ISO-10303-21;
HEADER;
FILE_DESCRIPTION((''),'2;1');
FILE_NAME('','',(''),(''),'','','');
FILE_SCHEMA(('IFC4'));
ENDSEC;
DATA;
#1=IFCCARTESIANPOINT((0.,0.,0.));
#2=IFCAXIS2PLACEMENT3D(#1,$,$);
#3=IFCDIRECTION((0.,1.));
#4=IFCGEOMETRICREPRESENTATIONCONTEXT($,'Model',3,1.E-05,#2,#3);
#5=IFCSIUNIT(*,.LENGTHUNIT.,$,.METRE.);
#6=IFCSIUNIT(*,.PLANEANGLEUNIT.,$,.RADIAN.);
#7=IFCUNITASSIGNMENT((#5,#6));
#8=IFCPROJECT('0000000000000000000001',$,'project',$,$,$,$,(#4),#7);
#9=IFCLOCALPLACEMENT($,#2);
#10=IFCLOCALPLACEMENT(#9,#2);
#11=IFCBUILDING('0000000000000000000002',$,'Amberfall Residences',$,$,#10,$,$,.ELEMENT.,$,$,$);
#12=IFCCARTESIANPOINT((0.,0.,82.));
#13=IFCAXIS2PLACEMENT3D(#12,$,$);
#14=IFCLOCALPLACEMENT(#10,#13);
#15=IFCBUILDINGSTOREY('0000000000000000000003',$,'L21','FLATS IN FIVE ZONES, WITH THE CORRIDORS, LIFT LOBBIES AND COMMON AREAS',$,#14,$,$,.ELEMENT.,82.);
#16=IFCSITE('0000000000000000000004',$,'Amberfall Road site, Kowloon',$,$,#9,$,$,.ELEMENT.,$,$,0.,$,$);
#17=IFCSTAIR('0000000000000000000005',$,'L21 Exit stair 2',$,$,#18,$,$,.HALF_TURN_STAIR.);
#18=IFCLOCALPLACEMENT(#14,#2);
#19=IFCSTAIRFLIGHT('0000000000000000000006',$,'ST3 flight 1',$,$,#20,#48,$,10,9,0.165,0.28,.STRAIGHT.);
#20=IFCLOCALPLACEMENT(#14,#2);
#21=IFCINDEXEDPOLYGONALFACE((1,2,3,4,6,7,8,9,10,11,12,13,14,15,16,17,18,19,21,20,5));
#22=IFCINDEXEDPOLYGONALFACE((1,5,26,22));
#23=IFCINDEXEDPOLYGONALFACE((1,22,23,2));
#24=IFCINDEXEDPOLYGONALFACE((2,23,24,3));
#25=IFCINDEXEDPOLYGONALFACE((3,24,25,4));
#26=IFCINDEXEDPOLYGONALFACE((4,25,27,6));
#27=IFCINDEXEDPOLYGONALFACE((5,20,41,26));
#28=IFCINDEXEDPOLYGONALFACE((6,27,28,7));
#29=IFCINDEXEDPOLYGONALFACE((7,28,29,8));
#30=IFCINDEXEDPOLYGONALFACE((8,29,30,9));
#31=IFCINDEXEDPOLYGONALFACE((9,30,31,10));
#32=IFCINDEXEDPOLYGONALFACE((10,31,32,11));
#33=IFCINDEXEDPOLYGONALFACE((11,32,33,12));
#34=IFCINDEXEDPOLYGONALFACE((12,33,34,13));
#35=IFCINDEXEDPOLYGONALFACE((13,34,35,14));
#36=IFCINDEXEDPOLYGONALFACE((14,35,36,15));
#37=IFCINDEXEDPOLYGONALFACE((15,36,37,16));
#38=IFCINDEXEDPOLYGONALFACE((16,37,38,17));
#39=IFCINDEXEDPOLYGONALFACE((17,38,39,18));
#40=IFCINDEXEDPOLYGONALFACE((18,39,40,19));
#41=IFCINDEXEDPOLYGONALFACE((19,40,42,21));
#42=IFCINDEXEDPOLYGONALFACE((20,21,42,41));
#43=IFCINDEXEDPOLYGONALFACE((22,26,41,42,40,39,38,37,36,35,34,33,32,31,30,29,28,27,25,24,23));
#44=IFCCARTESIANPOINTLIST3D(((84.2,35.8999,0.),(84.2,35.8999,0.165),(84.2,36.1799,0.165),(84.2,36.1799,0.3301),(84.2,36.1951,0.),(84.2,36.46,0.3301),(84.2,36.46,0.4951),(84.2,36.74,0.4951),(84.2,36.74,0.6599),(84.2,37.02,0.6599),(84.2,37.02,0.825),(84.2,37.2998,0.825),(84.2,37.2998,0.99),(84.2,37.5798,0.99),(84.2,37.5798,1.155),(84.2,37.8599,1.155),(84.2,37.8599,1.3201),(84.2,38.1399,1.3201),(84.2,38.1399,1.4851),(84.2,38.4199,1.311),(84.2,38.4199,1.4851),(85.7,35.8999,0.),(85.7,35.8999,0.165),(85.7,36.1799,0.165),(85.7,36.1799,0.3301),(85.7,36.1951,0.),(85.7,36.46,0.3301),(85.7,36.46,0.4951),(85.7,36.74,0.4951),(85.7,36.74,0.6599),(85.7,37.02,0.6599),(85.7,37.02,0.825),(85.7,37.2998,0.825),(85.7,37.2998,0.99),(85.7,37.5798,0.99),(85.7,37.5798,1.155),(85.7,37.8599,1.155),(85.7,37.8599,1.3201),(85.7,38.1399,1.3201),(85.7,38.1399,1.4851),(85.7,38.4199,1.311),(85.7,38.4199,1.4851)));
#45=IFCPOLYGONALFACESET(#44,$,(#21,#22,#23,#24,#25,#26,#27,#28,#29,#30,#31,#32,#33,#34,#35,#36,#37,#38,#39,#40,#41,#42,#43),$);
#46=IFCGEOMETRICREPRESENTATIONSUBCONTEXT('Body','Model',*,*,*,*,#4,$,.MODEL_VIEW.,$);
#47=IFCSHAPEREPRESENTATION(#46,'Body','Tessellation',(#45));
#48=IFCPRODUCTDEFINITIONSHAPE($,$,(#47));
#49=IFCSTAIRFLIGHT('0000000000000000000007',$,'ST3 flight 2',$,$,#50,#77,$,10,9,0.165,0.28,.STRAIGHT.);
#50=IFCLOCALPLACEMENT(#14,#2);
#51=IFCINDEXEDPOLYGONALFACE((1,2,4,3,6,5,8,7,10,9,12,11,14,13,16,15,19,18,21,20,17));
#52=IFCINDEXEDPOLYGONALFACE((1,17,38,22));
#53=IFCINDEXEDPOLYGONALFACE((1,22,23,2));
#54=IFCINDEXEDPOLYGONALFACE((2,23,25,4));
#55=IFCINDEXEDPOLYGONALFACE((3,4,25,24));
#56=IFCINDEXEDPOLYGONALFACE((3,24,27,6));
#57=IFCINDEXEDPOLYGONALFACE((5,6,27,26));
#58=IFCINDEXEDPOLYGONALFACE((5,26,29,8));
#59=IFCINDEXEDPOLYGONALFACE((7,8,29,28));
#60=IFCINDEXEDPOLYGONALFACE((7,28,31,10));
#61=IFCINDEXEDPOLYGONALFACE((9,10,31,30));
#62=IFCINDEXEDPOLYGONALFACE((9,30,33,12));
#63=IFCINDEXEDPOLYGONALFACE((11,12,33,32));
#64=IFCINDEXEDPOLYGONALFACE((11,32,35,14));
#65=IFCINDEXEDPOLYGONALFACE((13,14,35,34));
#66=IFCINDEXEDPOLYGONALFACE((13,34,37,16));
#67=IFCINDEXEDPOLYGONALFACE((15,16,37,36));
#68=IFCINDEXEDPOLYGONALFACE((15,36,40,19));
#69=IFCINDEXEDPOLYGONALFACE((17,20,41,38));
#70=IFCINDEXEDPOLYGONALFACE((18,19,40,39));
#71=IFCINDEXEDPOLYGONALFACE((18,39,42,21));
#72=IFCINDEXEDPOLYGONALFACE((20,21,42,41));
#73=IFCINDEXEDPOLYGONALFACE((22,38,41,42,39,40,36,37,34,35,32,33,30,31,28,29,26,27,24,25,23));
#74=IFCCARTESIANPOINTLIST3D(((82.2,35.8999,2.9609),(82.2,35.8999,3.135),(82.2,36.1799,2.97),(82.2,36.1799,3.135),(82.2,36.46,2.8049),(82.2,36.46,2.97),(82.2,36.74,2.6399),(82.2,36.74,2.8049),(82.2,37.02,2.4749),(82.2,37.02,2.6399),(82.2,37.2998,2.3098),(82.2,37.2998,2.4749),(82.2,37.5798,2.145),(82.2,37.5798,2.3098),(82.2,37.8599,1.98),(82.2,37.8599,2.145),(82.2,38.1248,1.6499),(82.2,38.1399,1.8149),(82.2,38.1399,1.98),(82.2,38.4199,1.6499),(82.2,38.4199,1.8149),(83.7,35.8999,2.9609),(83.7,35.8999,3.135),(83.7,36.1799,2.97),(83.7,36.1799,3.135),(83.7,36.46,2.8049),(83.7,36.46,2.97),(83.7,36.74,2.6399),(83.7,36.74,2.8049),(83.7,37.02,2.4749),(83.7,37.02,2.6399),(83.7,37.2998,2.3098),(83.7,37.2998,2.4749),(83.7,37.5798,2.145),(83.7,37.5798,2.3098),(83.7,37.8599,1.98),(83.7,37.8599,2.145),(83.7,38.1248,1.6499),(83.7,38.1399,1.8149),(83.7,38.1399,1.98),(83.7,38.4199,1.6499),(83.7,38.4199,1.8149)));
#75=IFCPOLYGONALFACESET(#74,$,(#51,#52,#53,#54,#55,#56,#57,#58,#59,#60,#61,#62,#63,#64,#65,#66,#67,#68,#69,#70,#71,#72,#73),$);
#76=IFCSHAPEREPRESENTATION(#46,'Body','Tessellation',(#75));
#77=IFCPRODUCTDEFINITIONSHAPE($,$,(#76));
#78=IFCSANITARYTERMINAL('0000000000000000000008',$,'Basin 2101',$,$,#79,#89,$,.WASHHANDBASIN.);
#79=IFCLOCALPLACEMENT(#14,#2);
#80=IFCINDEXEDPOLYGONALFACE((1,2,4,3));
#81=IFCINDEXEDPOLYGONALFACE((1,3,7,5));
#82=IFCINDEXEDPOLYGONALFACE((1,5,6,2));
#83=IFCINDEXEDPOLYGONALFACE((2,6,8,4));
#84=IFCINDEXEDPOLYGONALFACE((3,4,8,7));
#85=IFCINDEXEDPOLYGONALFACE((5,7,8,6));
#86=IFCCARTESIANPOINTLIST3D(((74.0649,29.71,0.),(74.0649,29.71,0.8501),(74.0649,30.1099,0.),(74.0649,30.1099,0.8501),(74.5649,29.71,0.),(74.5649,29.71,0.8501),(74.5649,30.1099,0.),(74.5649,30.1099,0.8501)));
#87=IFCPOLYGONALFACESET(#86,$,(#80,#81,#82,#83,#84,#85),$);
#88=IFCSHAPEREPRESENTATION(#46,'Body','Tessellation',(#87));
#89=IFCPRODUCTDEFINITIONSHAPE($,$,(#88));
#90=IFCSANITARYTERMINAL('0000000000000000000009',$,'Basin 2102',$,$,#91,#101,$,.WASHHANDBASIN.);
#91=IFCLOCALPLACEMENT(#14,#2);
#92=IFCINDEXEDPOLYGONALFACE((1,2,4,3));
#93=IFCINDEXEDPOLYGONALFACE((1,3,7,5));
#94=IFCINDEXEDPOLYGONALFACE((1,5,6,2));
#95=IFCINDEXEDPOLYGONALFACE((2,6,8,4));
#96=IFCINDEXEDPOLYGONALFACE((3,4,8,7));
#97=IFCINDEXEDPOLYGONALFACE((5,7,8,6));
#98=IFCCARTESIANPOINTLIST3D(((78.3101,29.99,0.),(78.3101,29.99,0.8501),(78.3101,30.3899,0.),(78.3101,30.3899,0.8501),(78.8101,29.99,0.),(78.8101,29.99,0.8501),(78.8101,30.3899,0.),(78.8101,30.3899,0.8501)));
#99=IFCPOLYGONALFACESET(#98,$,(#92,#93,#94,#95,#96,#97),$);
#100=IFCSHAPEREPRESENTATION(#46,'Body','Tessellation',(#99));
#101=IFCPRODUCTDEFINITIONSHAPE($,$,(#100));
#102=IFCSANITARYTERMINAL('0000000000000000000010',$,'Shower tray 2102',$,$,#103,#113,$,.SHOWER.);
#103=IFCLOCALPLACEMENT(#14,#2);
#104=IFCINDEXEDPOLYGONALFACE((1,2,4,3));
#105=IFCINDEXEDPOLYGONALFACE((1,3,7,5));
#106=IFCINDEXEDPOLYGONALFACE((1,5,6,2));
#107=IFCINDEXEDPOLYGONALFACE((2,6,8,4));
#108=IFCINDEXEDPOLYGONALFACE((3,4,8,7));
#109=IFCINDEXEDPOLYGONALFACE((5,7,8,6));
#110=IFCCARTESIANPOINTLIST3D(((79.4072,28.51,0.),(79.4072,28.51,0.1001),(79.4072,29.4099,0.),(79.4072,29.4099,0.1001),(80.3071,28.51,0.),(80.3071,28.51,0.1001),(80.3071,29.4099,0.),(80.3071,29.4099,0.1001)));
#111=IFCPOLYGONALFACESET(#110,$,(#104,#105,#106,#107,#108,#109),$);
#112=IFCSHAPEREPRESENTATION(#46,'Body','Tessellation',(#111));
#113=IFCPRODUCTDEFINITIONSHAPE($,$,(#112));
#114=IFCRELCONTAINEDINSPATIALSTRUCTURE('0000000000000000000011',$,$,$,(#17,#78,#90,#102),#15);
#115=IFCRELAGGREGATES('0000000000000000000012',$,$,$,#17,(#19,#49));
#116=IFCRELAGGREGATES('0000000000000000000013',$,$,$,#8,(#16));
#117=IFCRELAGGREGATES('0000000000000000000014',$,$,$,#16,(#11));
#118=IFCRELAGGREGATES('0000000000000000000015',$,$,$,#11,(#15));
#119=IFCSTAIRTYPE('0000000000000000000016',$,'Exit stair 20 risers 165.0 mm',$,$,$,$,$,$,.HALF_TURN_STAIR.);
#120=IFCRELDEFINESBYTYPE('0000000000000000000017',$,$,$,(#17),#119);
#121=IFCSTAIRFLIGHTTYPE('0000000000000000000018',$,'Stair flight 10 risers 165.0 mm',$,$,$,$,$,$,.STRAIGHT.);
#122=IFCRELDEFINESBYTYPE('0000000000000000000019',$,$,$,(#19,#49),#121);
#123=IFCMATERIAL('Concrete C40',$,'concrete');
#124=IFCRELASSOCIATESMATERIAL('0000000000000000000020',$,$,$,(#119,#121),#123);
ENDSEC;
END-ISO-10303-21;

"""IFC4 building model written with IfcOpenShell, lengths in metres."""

from ifc_helpers import new_model, si_unit, direction, frame, origin, origin_2d, place, context, subcontext, project, spatial, polyline, rectangle, outline, extrude, material, type_object, element, aggregate, save


model = new_model("IFC4")

# Units and contexts
model_context = context("Model", 3, precision=1e-05, world=origin(), true_north=direction((0.0, 1.0)))
body_context = subcontext(model_context, "Body", "Model", "MODEL_VIEW")
ifc_project = project(units=[si_unit("LENGTHUNIT", "METRE"), si_unit("PLANEANGLEUNIT", "RADIAN")], contexts=[model_context])

# Site, building, storey
site_placement = place(None, origin())
site = spatial("IfcSite", under=ifc_project, at=site_placement, Name="Amberfall Road site, Kowloon", CompositionType="ELEMENT", RefElevation=0.0)
building_placement = place(site_placement, origin())
building = spatial("IfcBuilding", under=site, at=building_placement, Name="Amberfall Residences", CompositionType="ELEMENT")
storey_placement = place(building_placement, frame((0.0, 0.0, 82.0)))
storey = spatial("IfcBuildingStorey", under=building, at=storey_placement, Name="L21", Description="FLATS IN FIVE ZONES, WITH THE CORRIDORS, LIFT LOBBIES AND COMMON AREAS", CompositionType="ELEMENT", Elevation=82.0)

# Stair, stair flights
ifc_material_1 = material(Name="Concrete C40", Category="concrete")
stair_type = type_object("IfcStairType", Name="Exit stair 20 risers 165.0 mm", PredefinedType="HALF_TURN_STAIR", material=ifc_material_1)
stair_placement = place(storey_placement, origin())
stair = element("IfcStair", 1, at=stair_placement, inside=storey, type_object=stair_type, Name="L21 Exit stair 2", PredefinedType="HALF_TURN_STAIR")
stair_flight_type = type_object("IfcStairFlightType", Name="Stair flight 10 risers 165.0 mm", PredefinedType="STRAIGHT", material=ifc_material_1)
stair_flight_1_placement = place(storey_placement, frame((84.95, 35.8999, 0.0), z_axis=(0.0, 0.0, 1.0), x_axis=(0.0, 1.0, 0.0)))
stair_flight_1 = element("IfcStairFlight", 2, at=stair_flight_1_placement, type_object=stair_flight_type, Name="ST3 flight 1", NumberOfRisers=10, NumberOfTreads=9, PredefinedType="STRAIGHT", RiserHeight=0.165, TreadLength=0.28, context=body_context, shape_type="SweptSolid", body=[
    extrude(outline(polyline([(0.0, 0.0), (0.0, 0.165), (0.28, 0.165), (0.28, 0.3301), (0.5601, 0.3301), (0.5601, 0.4951), (0.8401, 0.4951), (0.8401, 0.6599), (1.1201, 0.6599), (1.1201, 0.825), (1.3999, 0.825), (1.3999, 0.99), (1.6799, 0.99), (1.6799, 1.155), (1.96, 1.155), (1.96, 1.3201), (2.24, 1.3201), (2.24, 1.4851), (2.52, 1.4851), (2.52, 1.6499), (2.52, 1.311), (0.2952, 0.0), (0.0, 0.0)])), frame((0.0, 0.75, 0.0), z_axis=(0.0, -1.0, 0.0), x_axis=(1.0, 0.0, 0.0)), (0.0, 0.0, 1.0), 1.5),
])
stair_flight_2_placement = place(storey_placement, frame((82.95, 38.4199, 1.6499), z_axis=(0.0, 0.0, 1.0), x_axis=(0.0, -1.0, 0.0)))
stair_flight_2 = element("IfcStairFlight", 3, at=stair_flight_2_placement, type_object=stair_flight_type, Name="ST3 flight 2", NumberOfRisers=10, NumberOfTreads=9, PredefinedType="STRAIGHT", RiserHeight=0.165, TreadLength=0.28, context=body_context, shape_type="SweptSolid", body=[
    extrude(outline(polyline([(0.0, 0.0), (0.0, 0.165), (0.28, 0.165), (0.28, 0.3301), (0.5601, 0.3301), (0.5601, 0.4951), (0.8401, 0.4951), (0.8401, 0.6599), (1.1201, 0.6599), (1.1201, 0.825), (1.3999, 0.825), (1.3999, 0.99), (1.6799, 0.99), (1.6799, 1.155), (1.96, 1.155), (1.96, 1.3201), (2.24, 1.3201), (2.24, 1.4851), (2.52, 1.4851), (2.52, 1.6499), (2.52, 1.311), (0.2952, 0.0), (0.0, 0.0)])), frame((0.0, 0.75, 0.0), z_axis=(0.0, -1.0, 0.0), x_axis=(1.0, 0.0, 0.0)), (0.0, 0.0, 1.0), 1.5),
])
aggregate(stair, [stair_flight_1, stair_flight_2])

# Sanitary terminals
for number, where, z_axis, x_axis, name in (
    (4, (74.3149, 29.9099, 0.0), (0.0, 0.0, 1.0), (1.0, 0.0, 0.0), "Basin 2101"),
    (5, (78.5601, 30.1899, 0.0), (0.0, 0.0, 1.0), (1.0, 0.0, 0.0), "Basin 2102"),
):
    element("IfcSanitaryTerminal", number, at=place(storey_placement, frame(where, z_axis=z_axis, x_axis=x_axis)), inside=storey, Name=name, PredefinedType="WASHHANDBASIN", context=body_context, shape_type="SweptSolid", body=[
        extrude(rectangle(XDim=0.5, YDim=0.3999, at=origin_2d()), origin(), (0.0, 0.0, 1.0), 0.8501),
    ])
sanitary_terminal_placement = place(storey_placement, frame((79.8572, 28.96, 0.0), z_axis=(0.0, 0.0, 1.0), x_axis=(1.0, 0.0, 0.0)))
element("IfcSanitaryTerminal", 6, at=sanitary_terminal_placement, inside=storey, Name="Shower tray 2102", PredefinedType="SHOWER", context=body_context, shape_type="SweptSolid", body=[
    extrude(rectangle(XDim=0.8999, YDim=0.8999, at=origin_2d()), origin(), (0.0, 0.0, 1.0), 0.1001),
])

save(model, "model.ifc")
